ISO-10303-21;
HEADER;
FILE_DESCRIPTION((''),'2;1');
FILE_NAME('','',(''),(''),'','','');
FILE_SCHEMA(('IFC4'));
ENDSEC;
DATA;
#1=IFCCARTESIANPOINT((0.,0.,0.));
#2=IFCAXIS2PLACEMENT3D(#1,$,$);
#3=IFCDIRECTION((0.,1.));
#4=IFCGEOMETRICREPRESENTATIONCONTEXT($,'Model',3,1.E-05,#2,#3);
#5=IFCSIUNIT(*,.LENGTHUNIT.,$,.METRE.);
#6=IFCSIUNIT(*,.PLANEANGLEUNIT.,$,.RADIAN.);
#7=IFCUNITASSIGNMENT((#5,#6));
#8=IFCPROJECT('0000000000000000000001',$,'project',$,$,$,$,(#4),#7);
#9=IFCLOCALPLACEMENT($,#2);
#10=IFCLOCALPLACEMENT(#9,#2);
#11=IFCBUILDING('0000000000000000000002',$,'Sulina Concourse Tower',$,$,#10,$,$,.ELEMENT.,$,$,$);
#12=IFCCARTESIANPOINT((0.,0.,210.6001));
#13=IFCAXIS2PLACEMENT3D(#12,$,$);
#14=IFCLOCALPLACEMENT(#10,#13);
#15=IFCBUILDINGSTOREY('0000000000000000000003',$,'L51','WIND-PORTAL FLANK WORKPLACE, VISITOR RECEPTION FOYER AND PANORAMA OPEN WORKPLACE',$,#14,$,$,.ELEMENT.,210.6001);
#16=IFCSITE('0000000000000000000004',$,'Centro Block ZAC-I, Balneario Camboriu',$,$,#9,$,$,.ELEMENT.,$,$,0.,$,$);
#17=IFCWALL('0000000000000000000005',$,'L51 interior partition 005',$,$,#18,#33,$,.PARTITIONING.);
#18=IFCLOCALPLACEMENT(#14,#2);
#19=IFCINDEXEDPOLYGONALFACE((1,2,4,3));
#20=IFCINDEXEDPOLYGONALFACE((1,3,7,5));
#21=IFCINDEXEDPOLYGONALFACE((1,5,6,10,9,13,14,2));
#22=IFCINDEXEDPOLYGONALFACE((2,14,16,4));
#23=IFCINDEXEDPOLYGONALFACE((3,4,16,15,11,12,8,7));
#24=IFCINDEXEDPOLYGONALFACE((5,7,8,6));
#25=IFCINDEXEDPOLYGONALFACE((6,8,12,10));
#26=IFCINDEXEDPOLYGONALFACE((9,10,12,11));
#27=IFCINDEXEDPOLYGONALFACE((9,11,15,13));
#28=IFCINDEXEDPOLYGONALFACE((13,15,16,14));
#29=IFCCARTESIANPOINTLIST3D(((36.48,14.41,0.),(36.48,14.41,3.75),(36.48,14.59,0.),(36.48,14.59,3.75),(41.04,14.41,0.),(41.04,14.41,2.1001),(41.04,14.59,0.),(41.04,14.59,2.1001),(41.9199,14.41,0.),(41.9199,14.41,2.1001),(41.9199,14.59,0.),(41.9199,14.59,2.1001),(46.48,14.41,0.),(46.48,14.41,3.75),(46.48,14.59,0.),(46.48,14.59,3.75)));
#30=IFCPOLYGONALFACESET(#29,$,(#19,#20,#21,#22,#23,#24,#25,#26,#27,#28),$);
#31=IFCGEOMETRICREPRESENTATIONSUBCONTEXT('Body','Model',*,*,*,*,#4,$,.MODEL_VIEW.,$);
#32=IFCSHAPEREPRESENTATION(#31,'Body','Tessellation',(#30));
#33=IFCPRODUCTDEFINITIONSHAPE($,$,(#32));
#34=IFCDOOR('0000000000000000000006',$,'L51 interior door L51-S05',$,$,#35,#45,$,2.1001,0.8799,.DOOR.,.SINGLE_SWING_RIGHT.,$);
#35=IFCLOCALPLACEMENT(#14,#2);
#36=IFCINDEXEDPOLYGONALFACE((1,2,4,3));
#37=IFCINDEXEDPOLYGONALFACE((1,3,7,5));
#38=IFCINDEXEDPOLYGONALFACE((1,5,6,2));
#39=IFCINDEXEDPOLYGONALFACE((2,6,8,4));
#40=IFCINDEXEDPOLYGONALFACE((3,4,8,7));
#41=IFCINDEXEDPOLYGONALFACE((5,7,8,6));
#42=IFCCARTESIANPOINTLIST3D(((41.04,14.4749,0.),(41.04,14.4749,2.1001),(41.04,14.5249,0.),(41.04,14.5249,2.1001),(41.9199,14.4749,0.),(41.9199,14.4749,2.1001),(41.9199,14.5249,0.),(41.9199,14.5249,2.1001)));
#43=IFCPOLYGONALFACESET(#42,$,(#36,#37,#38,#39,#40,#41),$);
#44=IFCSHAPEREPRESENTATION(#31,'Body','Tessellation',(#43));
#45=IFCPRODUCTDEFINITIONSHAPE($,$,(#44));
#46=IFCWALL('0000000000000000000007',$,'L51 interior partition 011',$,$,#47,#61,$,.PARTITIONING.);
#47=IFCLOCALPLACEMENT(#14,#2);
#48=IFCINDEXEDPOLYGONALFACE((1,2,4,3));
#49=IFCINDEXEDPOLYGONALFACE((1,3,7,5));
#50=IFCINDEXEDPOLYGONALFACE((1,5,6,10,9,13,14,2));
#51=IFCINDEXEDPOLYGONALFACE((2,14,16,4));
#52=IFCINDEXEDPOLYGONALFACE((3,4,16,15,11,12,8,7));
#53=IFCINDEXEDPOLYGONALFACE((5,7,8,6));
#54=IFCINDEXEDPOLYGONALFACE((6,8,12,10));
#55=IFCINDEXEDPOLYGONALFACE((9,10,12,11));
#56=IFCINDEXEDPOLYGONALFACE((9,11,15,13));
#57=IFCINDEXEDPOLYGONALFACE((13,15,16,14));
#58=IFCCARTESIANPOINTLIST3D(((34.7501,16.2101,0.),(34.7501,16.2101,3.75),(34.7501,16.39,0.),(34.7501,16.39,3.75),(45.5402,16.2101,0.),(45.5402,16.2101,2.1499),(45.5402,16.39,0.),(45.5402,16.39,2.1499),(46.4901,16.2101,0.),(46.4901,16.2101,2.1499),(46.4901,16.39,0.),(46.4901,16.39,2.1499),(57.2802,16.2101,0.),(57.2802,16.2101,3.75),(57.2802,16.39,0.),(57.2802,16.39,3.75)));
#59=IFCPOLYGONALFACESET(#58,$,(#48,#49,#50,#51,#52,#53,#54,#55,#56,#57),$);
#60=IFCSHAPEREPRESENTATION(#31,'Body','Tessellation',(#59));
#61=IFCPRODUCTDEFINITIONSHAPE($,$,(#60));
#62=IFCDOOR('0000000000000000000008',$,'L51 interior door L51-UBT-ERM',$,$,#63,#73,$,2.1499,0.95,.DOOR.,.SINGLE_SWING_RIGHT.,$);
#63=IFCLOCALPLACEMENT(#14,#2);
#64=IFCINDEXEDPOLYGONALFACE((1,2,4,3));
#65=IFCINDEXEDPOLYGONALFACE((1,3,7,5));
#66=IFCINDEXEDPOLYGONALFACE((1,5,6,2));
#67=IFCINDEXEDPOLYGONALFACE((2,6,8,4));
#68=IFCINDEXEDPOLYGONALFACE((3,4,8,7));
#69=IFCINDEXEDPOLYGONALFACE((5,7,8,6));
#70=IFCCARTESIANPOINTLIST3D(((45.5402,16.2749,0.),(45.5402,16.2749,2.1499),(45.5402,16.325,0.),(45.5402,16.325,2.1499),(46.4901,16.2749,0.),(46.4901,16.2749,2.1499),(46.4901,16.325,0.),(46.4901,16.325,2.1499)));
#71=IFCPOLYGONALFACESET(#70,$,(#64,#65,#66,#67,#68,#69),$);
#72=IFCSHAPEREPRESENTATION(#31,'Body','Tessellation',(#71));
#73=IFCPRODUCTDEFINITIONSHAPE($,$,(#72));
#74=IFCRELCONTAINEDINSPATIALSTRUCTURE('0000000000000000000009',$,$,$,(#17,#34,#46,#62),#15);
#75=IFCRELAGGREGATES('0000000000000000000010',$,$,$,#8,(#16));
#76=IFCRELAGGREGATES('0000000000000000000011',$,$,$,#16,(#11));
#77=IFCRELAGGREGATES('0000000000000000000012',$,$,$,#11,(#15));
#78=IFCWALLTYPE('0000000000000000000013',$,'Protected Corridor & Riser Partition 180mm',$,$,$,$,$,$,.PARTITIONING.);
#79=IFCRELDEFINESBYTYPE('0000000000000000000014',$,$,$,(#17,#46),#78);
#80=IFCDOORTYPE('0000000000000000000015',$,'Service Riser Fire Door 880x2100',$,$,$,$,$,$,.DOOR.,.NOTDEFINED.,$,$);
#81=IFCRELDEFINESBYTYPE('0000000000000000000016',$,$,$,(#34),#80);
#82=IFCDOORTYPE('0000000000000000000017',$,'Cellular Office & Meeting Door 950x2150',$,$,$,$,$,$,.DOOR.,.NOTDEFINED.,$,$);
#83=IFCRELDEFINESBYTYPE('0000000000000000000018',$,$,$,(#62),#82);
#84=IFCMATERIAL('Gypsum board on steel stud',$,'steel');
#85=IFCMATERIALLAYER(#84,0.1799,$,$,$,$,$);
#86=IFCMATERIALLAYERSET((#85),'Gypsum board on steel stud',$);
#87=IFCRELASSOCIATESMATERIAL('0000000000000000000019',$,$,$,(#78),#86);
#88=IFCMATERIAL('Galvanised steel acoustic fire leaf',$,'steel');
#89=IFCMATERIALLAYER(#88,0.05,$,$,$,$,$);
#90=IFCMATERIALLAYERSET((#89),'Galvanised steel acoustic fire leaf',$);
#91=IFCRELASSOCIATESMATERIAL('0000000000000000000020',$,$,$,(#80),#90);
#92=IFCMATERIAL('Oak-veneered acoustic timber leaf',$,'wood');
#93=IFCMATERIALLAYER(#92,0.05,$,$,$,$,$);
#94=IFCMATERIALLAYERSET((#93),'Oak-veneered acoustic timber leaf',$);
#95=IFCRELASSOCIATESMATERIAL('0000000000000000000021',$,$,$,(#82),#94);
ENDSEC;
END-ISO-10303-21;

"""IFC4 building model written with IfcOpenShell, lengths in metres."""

from ifc_helpers import new_model, si_unit, direction, frame, frame_2d, origin, place, context, subcontext, project, spatial, rectangle, extrude, material, layer, layer_set, type_object, element, fill, save


model = new_model("IFC4")

# Units and contexts
model_context = context("Model", 3, precision=1e-05, world=origin(), true_north=direction((0.0, 1.0)))
body_context = subcontext(model_context, "Body", "Model", "MODEL_VIEW")
ifc_project = project(units=[si_unit("LENGTHUNIT", "METRE"), si_unit("PLANEANGLEUNIT", "RADIAN")], contexts=[model_context])

# Site, building, storey
site_placement = place(None, origin())
site = spatial("IfcSite", under=ifc_project, at=site_placement, Name="Centro Block ZAC-I, Balneario Camboriu", CompositionType="ELEMENT", RefElevation=0.0)
building_placement = place(site_placement, origin())
building = spatial("IfcBuilding", under=site, at=building_placement, Name="Sulina Concourse Tower", CompositionType="ELEMENT")
storey_placement = place(building_placement, frame((0.0, 0.0, 210.6001)))
storey = spatial("IfcBuildingStorey", under=building, at=storey_placement, Name="L51", Description="WIND-PORTAL FLANK WORKPLACE, VISITOR RECEPTION FOYER AND PANORAMA OPEN WORKPLACE", CompositionType="ELEMENT", Elevation=210.6001)

# Walls, openings, doors
ifc_material_1 = material(Name="Gypsum board on steel stud", Category="steel")
ifc_layer_1 = layer(ifc_material_1, 0.1799)
ifc_layer_set_1 = layer_set([ifc_layer_1], Name="Gypsum board on steel stud")
wall_type_1 = type_object("IfcWallType", Name="Protected Corridor & Riser Partition 180mm", PredefinedType="PARTITIONING", material=ifc_layer_set_1)
wall_1_placement = place(storey_placement, frame((36.48, 14.5, 0.0), z_axis=(0.0, 0.0, 1.0), x_axis=(1.0, 0.0, 0.0)))
wall_1 = element("IfcWall", 1, at=wall_1_placement, inside=storey, type_object=wall_type_1, Name="L51 interior partition 005", PredefinedType="PARTITIONING", context=body_context, shape_type="SweptSolid", body=[
    extrude(rectangle(XDim=10.0, YDim=0.1799, at=frame_2d((5.0, 0.0))), origin(), (0.0, 0.0, 1.0), 3.75),
])
opening_1_placement = place(wall_1_placement, frame((4.5601, 0.0, 0.0)))
opening_1 = element("IfcOpeningElement", 2, at=opening_1_placement, cuts=wall_1, PredefinedType="OPENING", context=body_context, shape_type="SweptSolid", body=[
    extrude(rectangle(XDim=0.8799, YDim=2.1001, at=frame_2d((0.4399, 1.05))), frame((0.0, 0.0999, 0.0), z_axis=(0.0, -1.0, 0.0), x_axis=(1.0, 0.0, 0.0)), (0.0, 0.0, 1.0), 0.2),
])
ifc_material_2 = material(Name="Galvanised steel acoustic fire leaf", Category="steel")
ifc_layer_2 = layer(ifc_material_2, 0.05)
ifc_layer_set_2 = layer_set([ifc_layer_2], Name="Galvanised steel acoustic fire leaf")
door_type_1 = type_object("IfcDoorType", Name="Service Riser Fire Door 880x2100", OperationType="NOTDEFINED", PredefinedType="DOOR", material=ifc_layer_set_2)
door_1_placement = place(opening_1_placement, origin())
door_1 = element("IfcDoor", 3, at=door_1_placement, inside=storey, type_object=door_type_1, Name="L51 interior door L51-S05", OperationType="SINGLE_SWING_RIGHT", OverallHeight=2.1001, OverallWidth=0.8799, PredefinedType="DOOR", context=body_context, shape_type="SweptSolid", body=[
    extrude(rectangle(XDim=0.8799, YDim=2.1001, at=frame_2d((0.4399, 1.05))), frame((0.0, 0.0249, 0.0), z_axis=(0.0, -1.0, 0.0), x_axis=(1.0, 0.0, 0.0)), (0.0, 0.0, 1.0), 0.05),
])
fill(opening_1, door_1)
wall_2_placement = place(storey_placement, frame((34.75, 16.3, 0.0), z_axis=(0.0, 0.0, 1.0), x_axis=(1.0, 0.0, 0.0)))
wall_2 = element("IfcWall", 4, at=wall_2_placement, inside=storey, type_object=wall_type_1, Name="L51 interior partition 011", PredefinedType="PARTITIONING", context=body_context, shape_type="SweptSolid", body=[
    extrude(rectangle(XDim=22.53, YDim=0.1799, at=frame_2d((11.2651, 0.0))), origin(), (0.0, 0.0, 1.0), 3.75),
])
opening_2_placement = place(wall_2_placement, frame((10.79, 0.0, 0.0)))
opening_2 = element("IfcOpeningElement", 5, at=opening_2_placement, cuts=wall_2, PredefinedType="OPENING", context=body_context, shape_type="SweptSolid", body=[
    extrude(rectangle(XDim=0.95, YDim=2.1499, at=frame_2d((0.4751, 1.075))), frame((0.0, 0.0999, 0.0), z_axis=(0.0, -1.0, 0.0), x_axis=(1.0, 0.0, 0.0)), (0.0, 0.0, 1.0), 0.2),
])
ifc_material_3 = material(Name="Oak-veneered acoustic timber leaf", Category="wood")
ifc_layer_3 = layer(ifc_material_3, 0.05)
ifc_layer_set_3 = layer_set([ifc_layer_3], Name="Oak-veneered acoustic timber leaf")
door_type_2 = type_object("IfcDoorType", Name="Cellular Office & Meeting Door 950x2150", OperationType="NOTDEFINED", PredefinedType="DOOR", material=ifc_layer_set_3)
door_2_placement = place(opening_2_placement, origin())
door_2 = element("IfcDoor", 6, at=door_2_placement, inside=storey, type_object=door_type_2, Name="L51 interior door L51-UBT-ERM", OperationType="SINGLE_SWING_RIGHT", OverallHeight=2.1499, OverallWidth=0.95, PredefinedType="DOOR", context=body_context, shape_type="SweptSolid", body=[
    extrude(rectangle(XDim=0.95, YDim=2.1499, at=frame_2d((0.4751, 1.075))), frame((0.0, 0.0249, 0.0), z_axis=(0.0, -1.0, 0.0), x_axis=(1.0, 0.0, 0.0)), (0.0, 0.0, 1.0), 0.05),
])
fill(opening_2, door_2)

save(model, "model.ifc")
